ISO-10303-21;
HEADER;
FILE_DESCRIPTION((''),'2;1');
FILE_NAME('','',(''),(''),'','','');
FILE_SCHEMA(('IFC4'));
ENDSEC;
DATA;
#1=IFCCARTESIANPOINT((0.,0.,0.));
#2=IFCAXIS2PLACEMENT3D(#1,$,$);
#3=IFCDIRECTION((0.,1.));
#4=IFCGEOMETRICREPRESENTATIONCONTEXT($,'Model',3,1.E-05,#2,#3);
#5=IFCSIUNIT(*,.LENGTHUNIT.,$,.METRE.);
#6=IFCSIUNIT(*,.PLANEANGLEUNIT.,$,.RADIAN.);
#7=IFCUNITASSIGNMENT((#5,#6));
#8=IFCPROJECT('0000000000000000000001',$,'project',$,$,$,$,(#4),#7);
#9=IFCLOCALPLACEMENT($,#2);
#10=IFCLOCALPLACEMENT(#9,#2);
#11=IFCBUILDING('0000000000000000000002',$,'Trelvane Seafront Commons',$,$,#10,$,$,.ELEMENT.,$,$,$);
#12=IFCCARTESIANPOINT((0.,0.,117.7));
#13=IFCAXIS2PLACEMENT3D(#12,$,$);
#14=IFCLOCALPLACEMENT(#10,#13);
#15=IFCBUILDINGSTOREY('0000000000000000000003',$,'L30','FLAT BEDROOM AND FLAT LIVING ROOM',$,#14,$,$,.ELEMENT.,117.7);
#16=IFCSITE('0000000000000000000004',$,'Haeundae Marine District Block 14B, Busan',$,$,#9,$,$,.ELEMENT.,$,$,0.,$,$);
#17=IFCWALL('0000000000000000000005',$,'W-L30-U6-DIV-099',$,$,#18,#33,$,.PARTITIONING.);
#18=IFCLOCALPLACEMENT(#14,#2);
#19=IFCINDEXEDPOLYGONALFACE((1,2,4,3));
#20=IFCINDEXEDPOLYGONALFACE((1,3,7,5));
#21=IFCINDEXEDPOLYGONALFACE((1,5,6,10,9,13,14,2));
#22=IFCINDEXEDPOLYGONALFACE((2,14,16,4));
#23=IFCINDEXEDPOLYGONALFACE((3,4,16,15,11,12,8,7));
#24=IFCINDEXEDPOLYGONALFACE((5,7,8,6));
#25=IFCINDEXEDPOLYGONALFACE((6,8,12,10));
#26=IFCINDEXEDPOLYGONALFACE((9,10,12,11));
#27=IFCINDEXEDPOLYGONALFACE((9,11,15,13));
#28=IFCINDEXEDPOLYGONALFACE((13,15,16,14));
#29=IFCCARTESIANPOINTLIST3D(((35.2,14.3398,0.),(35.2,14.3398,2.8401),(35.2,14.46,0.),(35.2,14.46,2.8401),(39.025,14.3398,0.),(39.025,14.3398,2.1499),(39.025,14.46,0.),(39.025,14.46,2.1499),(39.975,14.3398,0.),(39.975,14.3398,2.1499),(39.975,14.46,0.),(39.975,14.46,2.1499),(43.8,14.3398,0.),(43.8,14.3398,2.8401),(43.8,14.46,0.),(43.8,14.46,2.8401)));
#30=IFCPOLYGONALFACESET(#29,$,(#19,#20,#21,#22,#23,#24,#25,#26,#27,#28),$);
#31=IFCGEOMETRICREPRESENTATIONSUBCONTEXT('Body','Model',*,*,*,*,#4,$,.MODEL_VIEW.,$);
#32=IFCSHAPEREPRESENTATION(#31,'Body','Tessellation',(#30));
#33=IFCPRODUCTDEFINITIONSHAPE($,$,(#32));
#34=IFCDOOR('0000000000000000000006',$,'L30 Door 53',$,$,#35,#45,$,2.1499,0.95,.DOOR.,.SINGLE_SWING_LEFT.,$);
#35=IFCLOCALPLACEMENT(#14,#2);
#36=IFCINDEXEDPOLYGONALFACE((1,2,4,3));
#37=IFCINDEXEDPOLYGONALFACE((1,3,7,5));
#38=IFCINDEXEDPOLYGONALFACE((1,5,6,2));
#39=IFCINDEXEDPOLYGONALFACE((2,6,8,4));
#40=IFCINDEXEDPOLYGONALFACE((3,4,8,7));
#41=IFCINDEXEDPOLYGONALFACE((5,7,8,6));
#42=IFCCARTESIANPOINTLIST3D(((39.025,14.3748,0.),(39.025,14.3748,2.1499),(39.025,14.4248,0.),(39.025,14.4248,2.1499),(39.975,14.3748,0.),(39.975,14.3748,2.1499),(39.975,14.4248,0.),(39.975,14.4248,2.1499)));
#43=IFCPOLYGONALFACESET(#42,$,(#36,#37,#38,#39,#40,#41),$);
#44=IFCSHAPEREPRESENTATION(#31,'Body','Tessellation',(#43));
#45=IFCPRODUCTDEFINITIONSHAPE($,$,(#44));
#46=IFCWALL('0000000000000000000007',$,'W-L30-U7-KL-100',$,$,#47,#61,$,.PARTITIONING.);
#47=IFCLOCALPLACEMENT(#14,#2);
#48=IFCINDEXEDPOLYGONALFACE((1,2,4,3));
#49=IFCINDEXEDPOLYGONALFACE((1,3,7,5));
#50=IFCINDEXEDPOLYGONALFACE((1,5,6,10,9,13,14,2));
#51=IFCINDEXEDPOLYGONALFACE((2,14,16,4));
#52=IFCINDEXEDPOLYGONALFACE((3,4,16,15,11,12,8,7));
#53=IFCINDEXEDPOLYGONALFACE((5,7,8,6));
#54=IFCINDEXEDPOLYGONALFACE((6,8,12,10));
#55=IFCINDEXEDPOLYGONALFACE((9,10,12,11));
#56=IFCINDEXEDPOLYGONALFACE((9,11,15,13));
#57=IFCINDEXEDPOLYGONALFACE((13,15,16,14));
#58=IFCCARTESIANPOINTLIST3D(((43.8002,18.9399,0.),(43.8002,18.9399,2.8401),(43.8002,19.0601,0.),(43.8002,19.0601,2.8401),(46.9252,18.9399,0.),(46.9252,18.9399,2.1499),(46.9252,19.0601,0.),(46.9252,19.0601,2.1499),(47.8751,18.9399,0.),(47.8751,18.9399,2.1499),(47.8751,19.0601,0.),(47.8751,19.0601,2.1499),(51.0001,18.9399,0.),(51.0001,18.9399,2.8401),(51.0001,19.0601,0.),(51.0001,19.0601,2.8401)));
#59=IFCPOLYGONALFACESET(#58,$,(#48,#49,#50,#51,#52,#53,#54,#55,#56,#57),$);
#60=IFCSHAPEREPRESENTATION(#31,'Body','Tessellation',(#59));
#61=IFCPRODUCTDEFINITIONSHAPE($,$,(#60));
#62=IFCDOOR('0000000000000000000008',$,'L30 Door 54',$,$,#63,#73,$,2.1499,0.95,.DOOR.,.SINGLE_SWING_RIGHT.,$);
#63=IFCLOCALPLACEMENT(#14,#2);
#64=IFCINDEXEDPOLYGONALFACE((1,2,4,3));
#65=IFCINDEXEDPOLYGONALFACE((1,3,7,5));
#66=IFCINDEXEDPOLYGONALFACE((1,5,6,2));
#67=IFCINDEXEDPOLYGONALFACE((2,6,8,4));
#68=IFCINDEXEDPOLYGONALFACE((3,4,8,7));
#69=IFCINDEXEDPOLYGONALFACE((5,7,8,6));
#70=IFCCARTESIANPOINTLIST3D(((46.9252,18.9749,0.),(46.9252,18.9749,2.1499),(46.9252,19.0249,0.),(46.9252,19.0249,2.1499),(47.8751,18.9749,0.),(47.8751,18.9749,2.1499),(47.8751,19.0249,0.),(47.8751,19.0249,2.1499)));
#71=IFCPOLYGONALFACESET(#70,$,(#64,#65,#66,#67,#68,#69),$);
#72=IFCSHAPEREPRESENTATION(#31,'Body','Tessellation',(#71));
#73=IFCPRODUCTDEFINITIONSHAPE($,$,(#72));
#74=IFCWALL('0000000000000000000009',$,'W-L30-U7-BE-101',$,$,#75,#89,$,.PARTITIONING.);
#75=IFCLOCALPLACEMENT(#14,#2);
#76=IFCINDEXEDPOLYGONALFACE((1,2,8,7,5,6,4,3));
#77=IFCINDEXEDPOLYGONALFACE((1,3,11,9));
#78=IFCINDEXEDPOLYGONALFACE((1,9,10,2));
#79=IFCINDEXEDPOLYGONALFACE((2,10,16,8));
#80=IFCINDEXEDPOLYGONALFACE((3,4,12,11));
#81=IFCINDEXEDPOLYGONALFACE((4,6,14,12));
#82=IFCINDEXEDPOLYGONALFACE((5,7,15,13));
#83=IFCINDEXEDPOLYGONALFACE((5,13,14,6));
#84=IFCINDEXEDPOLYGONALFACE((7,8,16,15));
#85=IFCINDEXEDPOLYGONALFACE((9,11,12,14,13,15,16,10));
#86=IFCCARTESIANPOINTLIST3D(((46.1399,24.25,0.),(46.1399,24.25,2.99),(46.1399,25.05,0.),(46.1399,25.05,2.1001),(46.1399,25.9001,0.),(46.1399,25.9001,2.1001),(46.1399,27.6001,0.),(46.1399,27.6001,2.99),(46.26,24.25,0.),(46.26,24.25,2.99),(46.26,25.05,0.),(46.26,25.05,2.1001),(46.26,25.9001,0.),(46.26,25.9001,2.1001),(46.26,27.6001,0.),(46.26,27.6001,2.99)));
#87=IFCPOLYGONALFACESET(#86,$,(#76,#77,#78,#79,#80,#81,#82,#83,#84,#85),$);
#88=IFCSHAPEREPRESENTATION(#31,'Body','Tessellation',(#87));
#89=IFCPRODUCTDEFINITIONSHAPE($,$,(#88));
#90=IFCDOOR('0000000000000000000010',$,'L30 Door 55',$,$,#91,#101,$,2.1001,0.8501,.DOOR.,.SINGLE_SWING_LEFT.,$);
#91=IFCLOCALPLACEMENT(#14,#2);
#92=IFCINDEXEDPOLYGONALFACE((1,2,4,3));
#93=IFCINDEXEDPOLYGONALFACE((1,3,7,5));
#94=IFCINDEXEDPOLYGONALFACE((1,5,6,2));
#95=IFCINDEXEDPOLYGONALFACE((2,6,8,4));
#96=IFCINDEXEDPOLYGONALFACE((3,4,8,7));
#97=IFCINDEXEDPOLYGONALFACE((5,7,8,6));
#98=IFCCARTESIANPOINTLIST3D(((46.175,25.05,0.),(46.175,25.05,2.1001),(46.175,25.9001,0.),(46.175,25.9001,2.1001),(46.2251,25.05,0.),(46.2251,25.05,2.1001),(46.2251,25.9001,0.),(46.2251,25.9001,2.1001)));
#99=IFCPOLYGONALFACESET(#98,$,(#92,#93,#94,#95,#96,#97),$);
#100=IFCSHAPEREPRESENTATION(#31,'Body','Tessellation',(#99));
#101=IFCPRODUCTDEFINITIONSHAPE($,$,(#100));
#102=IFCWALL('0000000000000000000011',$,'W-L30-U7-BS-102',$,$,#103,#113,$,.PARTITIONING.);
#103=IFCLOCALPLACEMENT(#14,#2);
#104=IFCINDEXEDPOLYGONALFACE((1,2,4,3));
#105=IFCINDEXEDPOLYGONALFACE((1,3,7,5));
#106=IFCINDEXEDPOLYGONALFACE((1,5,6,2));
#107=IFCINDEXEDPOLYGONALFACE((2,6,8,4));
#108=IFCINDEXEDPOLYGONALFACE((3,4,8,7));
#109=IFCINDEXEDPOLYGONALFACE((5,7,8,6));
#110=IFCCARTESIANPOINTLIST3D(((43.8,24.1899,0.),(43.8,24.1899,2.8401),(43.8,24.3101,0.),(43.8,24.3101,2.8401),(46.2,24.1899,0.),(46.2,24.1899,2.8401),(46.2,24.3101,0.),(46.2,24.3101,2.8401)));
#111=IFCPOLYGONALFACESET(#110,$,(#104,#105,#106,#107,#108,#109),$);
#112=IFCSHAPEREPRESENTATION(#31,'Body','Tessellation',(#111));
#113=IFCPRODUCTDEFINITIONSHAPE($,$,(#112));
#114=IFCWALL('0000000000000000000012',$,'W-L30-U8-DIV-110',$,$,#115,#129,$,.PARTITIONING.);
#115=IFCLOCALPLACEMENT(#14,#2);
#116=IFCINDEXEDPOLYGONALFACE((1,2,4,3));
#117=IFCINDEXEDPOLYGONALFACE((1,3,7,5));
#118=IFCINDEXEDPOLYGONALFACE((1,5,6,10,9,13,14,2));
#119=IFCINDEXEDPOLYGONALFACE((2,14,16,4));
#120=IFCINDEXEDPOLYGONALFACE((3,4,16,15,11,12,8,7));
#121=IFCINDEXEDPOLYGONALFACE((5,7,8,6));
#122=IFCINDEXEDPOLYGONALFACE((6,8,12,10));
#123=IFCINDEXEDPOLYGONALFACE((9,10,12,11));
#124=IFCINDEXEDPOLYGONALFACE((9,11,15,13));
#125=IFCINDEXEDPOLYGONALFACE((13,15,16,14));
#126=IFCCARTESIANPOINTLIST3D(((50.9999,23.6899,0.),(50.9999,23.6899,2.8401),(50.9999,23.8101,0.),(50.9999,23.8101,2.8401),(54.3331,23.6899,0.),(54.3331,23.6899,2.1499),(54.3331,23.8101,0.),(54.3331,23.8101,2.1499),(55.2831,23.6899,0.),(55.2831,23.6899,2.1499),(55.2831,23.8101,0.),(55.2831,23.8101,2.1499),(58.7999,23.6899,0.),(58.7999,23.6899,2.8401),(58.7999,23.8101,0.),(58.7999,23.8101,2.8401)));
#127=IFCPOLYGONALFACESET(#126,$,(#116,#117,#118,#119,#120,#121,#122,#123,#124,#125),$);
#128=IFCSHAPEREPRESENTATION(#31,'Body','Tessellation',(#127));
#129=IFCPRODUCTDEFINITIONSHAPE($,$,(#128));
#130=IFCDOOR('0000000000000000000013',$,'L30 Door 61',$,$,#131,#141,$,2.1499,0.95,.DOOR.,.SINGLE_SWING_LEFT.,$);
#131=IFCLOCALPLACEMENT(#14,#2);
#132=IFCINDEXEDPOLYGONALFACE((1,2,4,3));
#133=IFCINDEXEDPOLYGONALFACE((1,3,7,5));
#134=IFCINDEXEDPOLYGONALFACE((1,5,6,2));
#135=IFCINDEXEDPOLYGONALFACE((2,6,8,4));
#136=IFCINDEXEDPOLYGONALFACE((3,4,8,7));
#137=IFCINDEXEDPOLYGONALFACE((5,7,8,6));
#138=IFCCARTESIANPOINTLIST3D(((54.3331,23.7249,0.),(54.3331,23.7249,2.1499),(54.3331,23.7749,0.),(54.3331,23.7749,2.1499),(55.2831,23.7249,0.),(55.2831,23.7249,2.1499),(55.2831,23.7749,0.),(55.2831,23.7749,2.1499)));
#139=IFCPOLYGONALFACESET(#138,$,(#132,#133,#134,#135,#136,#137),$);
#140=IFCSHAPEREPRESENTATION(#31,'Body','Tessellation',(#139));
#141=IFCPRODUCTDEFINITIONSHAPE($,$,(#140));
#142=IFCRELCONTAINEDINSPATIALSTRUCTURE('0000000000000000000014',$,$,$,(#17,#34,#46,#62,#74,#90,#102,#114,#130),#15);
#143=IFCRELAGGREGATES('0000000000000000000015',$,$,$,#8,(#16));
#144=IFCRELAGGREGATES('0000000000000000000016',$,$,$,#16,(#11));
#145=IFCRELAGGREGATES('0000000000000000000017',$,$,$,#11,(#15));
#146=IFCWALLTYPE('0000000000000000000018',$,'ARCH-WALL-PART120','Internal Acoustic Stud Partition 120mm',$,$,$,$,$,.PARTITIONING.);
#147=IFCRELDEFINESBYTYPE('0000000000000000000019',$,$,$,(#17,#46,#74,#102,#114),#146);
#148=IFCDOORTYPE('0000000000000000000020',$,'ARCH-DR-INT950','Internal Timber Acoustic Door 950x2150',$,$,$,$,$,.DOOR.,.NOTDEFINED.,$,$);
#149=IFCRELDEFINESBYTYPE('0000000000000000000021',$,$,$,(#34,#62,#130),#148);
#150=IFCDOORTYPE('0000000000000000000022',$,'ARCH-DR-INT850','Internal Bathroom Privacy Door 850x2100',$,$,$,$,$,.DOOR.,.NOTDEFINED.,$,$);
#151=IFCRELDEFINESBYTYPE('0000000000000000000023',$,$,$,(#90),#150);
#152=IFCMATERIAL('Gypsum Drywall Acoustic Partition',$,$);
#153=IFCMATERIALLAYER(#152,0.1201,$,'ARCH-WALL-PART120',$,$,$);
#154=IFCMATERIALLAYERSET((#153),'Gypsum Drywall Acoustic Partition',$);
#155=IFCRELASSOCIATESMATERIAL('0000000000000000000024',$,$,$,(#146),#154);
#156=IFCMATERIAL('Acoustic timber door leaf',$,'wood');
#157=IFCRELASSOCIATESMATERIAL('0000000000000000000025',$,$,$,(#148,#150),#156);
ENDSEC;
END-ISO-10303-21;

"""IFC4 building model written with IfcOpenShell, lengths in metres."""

from ifc_helpers import new_model, si_unit, direction, frame, frame_2d, origin, place, context, subcontext, project, spatial, rectangle, extrude, source, transform, mapped, material, layer, layer_set, type_object, element, fill, save


model = new_model("IFC4")

# Units and contexts
model_context = context("Model", 3, precision=1e-05, world=origin(), true_north=direction((0.0, 1.0)))
body_context = subcontext(model_context, "Body", "Model", "MODEL_VIEW")
ifc_project = project(units=[si_unit("LENGTHUNIT", "METRE"), si_unit("PLANEANGLEUNIT", "RADIAN")], contexts=[model_context])

# Site, building, storey
site_placement = place(None, origin())
site = spatial("IfcSite", under=ifc_project, at=site_placement, Name="Haeundae Marine District Block 14B, Busan", CompositionType="ELEMENT", RefElevation=0.0)
building_placement = place(site_placement, origin())
building = spatial("IfcBuilding", under=site, at=building_placement, Name="Trelvane Seafront Commons", CompositionType="ELEMENT")
storey_placement = place(building_placement, frame((0.0, 0.0, 117.7)))
storey = spatial("IfcBuildingStorey", under=building, at=storey_placement, Name="L30", Description="FLAT BEDROOM AND FLAT LIVING ROOM", CompositionType="ELEMENT", Elevation=117.7)

# Walls, openings, doors
ifc_material_1 = material(Name="Gypsum Drywall Acoustic Partition")
ifc_layer = layer(ifc_material_1, 0.1201, Name="ARCH-WALL-PART120")
ifc_layer_set = layer_set([ifc_layer], Name="Gypsum Drywall Acoustic Partition")
wall_type = type_object("IfcWallType", Name="ARCH-WALL-PART120", Description="Internal Acoustic Stud Partition 120mm", PredefinedType="PARTITIONING", material=ifc_layer_set)
wall_1_placement = place(storey_placement, frame((35.2, 14.3999, 0.0), z_axis=(0.0, 0.0, 1.0), x_axis=(1.0, 0.0, 0.0)))
wall_1 = element("IfcWall", 1, at=wall_1_placement, inside=storey, type_object=wall_type, Name="W-L30-U6-DIV-099", PredefinedType="PARTITIONING", context=body_context, shape_type="SweptSolid", body=[
    extrude(rectangle(XDim=8.6001, YDim=0.1201, at=frame_2d((4.3, 0.0))), origin(), (0.0, 0.0, 1.0), 2.8401),
])
opening_1_placement = place(wall_1_placement, frame((3.825, 0.0, 0.0)))
opening_1 = element("IfcOpeningElement", 2, at=opening_1_placement, cuts=wall_1, PredefinedType="OPENING", context=body_context, shape_type="SweptSolid", body=[
    extrude(rectangle(XDim=0.95, YDim=2.1499, at=frame_2d((0.4751, 1.075))), frame((0.0, 0.0701, 0.0), z_axis=(0.0, -1.0, 0.0), x_axis=(1.0, 0.0, 0.0)), (0.0, 0.0, 1.0), 0.1401),
])
ifc_material_2 = material(Name="Acoustic timber door leaf", Category="wood")
door_type_1 = type_object("IfcDoorType", Name="ARCH-DR-INT950", Description="Internal Timber Acoustic Door 950x2150", OperationType="NOTDEFINED", PredefinedType="DOOR", material=ifc_material_2)
shared_shape_1 = source(origin(), body_context, "Body", "SweptSolid", [
    extrude(rectangle(XDim=0.95, YDim=2.1499, at=frame_2d((0.4751, 1.075))), frame((0.0, 0.0249, 0.0), z_axis=(0.0, -1.0, 0.0), x_axis=(1.0, 0.0, 0.0)), (0.0, 0.0, 1.0), 0.05),
])
door_1_placement = place(opening_1_placement, origin())
door_1 = element("IfcDoor", 3, at=door_1_placement, inside=storey, type_object=door_type_1, Name="L30 Door 53", OperationType="SINGLE_SWING_LEFT", OverallHeight=2.1499, OverallWidth=0.95, PredefinedType="DOOR", context=body_context, shape_type="MappedRepresentation", body=[
    mapped(shared_shape_1, transform((0.0, 0.0, 0.0), x_axis=(1.0, 0.0, 0.0), y_axis=(0.0, 1.0, 0.0), z_axis=(0.0, 0.0, 1.0), scale=1.0)),
])
fill(opening_1, door_1)
wall_2_placement = place(storey_placement, frame((43.8, 19.0, 0.0), z_axis=(0.0, 0.0, 1.0), x_axis=(1.0, 0.0, 0.0)))
wall_2 = element("IfcWall", 4, at=wall_2_placement, inside=storey, type_object=wall_type, Name="W-L30-U7-KL-100", PredefinedType="PARTITIONING", context=body_context, shape_type="SweptSolid", body=[
    extrude(rectangle(XDim=7.2, YDim=0.1201, at=frame_2d((3.6001, 0.0))), origin(), (0.0, 0.0, 1.0), 2.8401),
])
opening_2_placement = place(wall_2_placement, frame((3.125, 0.0, 0.0)))
opening_2 = element("IfcOpeningElement", 5, at=opening_2_placement, cuts=wall_2, PredefinedType="OPENING", context=body_context, shape_type="SweptSolid", body=[
    extrude(rectangle(XDim=0.95, YDim=2.1499, at=frame_2d((0.4751, 1.075))), frame((0.0, 0.0701, 0.0), z_axis=(0.0, -1.0, 0.0), x_axis=(1.0, 0.0, 0.0)), (0.0, 0.0, 1.0), 0.1401),
])
door_2_placement = place(opening_2_placement, origin())
door_2 = element("IfcDoor", 6, at=door_2_placement, inside=storey, type_object=door_type_1, Name="L30 Door 54", OperationType="SINGLE_SWING_RIGHT", OverallHeight=2.1499, OverallWidth=0.95, PredefinedType="DOOR", context=body_context, shape_type="MappedRepresentation", body=[
    mapped(shared_shape_1, transform((0.0, 0.0, 0.0), x_axis=(1.0, 0.0, 0.0), y_axis=(0.0, 1.0, 0.0), z_axis=(0.0, 0.0, 1.0), scale=1.0)),
])
fill(opening_2, door_2)
wall_3_placement = place(storey_placement, frame((46.2, 24.25, 0.0), z_axis=(0.0, 0.0, 1.0), x_axis=(0.0, 1.0, 0.0)))
wall_3 = element("IfcWall", 7, at=wall_3_placement, inside=storey, type_object=wall_type, Name="W-L30-U7-BE-101", PredefinedType="PARTITIONING", context=body_context, shape_type="SweptSolid", body=[
    extrude(rectangle(XDim=3.3501, YDim=0.1201, at=frame_2d((1.675, 0.0))), origin(), (0.0, 0.0, 1.0), 2.99),
])
opening_3_placement = place(wall_3_placement, frame((0.8, 0.0, 0.0)))
opening_3 = element("IfcOpeningElement", 8, at=opening_3_placement, cuts=wall_3, PredefinedType="OPENING", context=body_context, shape_type="SweptSolid", body=[
    extrude(rectangle(XDim=0.8501, YDim=2.1001, at=frame_2d((0.425, 1.05))), frame((0.0, 0.0701, 0.0), z_axis=(0.0, -1.0, 0.0), x_axis=(1.0, 0.0, 0.0)), (0.0, 0.0, 1.0), 0.1401),
])
door_type_2 = type_object("IfcDoorType", Name="ARCH-DR-INT850", Description="Internal Bathroom Privacy Door 850x2100", OperationType="NOTDEFINED", PredefinedType="DOOR", material=ifc_material_2)
shared_shape_2 = source(origin(), body_context, "Body", "SweptSolid", [
    extrude(rectangle(XDim=0.8501, YDim=2.1001, at=frame_2d((0.425, 1.05))), frame((0.0, 0.0249, 0.0), z_axis=(0.0, -1.0, 0.0), x_axis=(1.0, 0.0, 0.0)), (0.0, 0.0, 1.0), 0.05),
])
door_3_placement = place(opening_3_placement, origin())
door_3 = element("IfcDoor", 9, at=door_3_placement, inside=storey, type_object=door_type_2, Name="L30 Door 55", OperationType="SINGLE_SWING_LEFT", OverallHeight=2.1001, OverallWidth=0.8501, PredefinedType="DOOR", context=body_context, shape_type="MappedRepresentation", body=[
    mapped(shared_shape_2, transform((0.0, 0.0, 0.0), x_axis=(1.0, 0.0, 0.0), y_axis=(0.0, 1.0, 0.0), z_axis=(0.0, 0.0, 1.0), scale=1.0)),
])
fill(opening_3, door_3)

# Wall
wall_4_placement = place(storey_placement, frame((43.8, 24.25, 0.0), z_axis=(0.0, 0.0, 1.0), x_axis=(1.0, 0.0, 0.0)))
element("IfcWall", 10, at=wall_4_placement, inside=storey, type_object=wall_type, Name="W-L30-U7-BS-102", PredefinedType="PARTITIONING", context=body_context, shape_type="SweptSolid", body=[
    extrude(rectangle(XDim=2.3999, YDim=0.1201, at=frame_2d((1.2, 0.0))), origin(), (0.0, 0.0, 1.0), 2.8401),
])

# Wall, opening, door
wall_5_placement = place(storey_placement, frame((51.0, 23.75, 0.0), z_axis=(0.0, 0.0, 1.0), x_axis=(1.0, 0.0, 0.0)))
wall_5 = element("IfcWall", 11, at=wall_5_placement, inside=storey, type_object=wall_type, Name="W-L30-U8-DIV-110", PredefinedType="PARTITIONING", context=body_context, shape_type="SweptSolid", body=[
    extrude(rectangle(XDim=7.8, YDim=0.1201, at=frame_2d((3.8999, 0.0))), origin(), (0.0, 0.0, 1.0), 2.8401),
])
opening_4_placement = place(wall_5_placement, frame((3.333, 0.0, 0.0)))
opening_4 = element("IfcOpeningElement", 12, at=opening_4_placement, cuts=wall_5, PredefinedType="OPENING", context=body_context, shape_type="SweptSolid", body=[
    extrude(rectangle(XDim=0.95, YDim=2.1499, at=frame_2d((0.4751, 1.075))), frame((0.0, 0.0701, 0.0), z_axis=(0.0, -1.0, 0.0), x_axis=(1.0, 0.0, 0.0)), (0.0, 0.0, 1.0), 0.1401),
])
door_4_placement = place(opening_4_placement, origin())
door_4 = element("IfcDoor", 13, at=door_4_placement, inside=storey, type_object=door_type_1, Name="L30 Door 61", OperationType="SINGLE_SWING_LEFT", OverallHeight=2.1499, OverallWidth=0.95, PredefinedType="DOOR", context=body_context, shape_type="MappedRepresentation", body=[
    mapped(shared_shape_1, transform((0.0, 0.0, 0.0), x_axis=(1.0, 0.0, 0.0), y_axis=(0.0, 1.0, 0.0), z_axis=(0.0, 0.0, 1.0), scale=1.0)),
])
fill(opening_4, door_4)

save(model, "model.ifc")
